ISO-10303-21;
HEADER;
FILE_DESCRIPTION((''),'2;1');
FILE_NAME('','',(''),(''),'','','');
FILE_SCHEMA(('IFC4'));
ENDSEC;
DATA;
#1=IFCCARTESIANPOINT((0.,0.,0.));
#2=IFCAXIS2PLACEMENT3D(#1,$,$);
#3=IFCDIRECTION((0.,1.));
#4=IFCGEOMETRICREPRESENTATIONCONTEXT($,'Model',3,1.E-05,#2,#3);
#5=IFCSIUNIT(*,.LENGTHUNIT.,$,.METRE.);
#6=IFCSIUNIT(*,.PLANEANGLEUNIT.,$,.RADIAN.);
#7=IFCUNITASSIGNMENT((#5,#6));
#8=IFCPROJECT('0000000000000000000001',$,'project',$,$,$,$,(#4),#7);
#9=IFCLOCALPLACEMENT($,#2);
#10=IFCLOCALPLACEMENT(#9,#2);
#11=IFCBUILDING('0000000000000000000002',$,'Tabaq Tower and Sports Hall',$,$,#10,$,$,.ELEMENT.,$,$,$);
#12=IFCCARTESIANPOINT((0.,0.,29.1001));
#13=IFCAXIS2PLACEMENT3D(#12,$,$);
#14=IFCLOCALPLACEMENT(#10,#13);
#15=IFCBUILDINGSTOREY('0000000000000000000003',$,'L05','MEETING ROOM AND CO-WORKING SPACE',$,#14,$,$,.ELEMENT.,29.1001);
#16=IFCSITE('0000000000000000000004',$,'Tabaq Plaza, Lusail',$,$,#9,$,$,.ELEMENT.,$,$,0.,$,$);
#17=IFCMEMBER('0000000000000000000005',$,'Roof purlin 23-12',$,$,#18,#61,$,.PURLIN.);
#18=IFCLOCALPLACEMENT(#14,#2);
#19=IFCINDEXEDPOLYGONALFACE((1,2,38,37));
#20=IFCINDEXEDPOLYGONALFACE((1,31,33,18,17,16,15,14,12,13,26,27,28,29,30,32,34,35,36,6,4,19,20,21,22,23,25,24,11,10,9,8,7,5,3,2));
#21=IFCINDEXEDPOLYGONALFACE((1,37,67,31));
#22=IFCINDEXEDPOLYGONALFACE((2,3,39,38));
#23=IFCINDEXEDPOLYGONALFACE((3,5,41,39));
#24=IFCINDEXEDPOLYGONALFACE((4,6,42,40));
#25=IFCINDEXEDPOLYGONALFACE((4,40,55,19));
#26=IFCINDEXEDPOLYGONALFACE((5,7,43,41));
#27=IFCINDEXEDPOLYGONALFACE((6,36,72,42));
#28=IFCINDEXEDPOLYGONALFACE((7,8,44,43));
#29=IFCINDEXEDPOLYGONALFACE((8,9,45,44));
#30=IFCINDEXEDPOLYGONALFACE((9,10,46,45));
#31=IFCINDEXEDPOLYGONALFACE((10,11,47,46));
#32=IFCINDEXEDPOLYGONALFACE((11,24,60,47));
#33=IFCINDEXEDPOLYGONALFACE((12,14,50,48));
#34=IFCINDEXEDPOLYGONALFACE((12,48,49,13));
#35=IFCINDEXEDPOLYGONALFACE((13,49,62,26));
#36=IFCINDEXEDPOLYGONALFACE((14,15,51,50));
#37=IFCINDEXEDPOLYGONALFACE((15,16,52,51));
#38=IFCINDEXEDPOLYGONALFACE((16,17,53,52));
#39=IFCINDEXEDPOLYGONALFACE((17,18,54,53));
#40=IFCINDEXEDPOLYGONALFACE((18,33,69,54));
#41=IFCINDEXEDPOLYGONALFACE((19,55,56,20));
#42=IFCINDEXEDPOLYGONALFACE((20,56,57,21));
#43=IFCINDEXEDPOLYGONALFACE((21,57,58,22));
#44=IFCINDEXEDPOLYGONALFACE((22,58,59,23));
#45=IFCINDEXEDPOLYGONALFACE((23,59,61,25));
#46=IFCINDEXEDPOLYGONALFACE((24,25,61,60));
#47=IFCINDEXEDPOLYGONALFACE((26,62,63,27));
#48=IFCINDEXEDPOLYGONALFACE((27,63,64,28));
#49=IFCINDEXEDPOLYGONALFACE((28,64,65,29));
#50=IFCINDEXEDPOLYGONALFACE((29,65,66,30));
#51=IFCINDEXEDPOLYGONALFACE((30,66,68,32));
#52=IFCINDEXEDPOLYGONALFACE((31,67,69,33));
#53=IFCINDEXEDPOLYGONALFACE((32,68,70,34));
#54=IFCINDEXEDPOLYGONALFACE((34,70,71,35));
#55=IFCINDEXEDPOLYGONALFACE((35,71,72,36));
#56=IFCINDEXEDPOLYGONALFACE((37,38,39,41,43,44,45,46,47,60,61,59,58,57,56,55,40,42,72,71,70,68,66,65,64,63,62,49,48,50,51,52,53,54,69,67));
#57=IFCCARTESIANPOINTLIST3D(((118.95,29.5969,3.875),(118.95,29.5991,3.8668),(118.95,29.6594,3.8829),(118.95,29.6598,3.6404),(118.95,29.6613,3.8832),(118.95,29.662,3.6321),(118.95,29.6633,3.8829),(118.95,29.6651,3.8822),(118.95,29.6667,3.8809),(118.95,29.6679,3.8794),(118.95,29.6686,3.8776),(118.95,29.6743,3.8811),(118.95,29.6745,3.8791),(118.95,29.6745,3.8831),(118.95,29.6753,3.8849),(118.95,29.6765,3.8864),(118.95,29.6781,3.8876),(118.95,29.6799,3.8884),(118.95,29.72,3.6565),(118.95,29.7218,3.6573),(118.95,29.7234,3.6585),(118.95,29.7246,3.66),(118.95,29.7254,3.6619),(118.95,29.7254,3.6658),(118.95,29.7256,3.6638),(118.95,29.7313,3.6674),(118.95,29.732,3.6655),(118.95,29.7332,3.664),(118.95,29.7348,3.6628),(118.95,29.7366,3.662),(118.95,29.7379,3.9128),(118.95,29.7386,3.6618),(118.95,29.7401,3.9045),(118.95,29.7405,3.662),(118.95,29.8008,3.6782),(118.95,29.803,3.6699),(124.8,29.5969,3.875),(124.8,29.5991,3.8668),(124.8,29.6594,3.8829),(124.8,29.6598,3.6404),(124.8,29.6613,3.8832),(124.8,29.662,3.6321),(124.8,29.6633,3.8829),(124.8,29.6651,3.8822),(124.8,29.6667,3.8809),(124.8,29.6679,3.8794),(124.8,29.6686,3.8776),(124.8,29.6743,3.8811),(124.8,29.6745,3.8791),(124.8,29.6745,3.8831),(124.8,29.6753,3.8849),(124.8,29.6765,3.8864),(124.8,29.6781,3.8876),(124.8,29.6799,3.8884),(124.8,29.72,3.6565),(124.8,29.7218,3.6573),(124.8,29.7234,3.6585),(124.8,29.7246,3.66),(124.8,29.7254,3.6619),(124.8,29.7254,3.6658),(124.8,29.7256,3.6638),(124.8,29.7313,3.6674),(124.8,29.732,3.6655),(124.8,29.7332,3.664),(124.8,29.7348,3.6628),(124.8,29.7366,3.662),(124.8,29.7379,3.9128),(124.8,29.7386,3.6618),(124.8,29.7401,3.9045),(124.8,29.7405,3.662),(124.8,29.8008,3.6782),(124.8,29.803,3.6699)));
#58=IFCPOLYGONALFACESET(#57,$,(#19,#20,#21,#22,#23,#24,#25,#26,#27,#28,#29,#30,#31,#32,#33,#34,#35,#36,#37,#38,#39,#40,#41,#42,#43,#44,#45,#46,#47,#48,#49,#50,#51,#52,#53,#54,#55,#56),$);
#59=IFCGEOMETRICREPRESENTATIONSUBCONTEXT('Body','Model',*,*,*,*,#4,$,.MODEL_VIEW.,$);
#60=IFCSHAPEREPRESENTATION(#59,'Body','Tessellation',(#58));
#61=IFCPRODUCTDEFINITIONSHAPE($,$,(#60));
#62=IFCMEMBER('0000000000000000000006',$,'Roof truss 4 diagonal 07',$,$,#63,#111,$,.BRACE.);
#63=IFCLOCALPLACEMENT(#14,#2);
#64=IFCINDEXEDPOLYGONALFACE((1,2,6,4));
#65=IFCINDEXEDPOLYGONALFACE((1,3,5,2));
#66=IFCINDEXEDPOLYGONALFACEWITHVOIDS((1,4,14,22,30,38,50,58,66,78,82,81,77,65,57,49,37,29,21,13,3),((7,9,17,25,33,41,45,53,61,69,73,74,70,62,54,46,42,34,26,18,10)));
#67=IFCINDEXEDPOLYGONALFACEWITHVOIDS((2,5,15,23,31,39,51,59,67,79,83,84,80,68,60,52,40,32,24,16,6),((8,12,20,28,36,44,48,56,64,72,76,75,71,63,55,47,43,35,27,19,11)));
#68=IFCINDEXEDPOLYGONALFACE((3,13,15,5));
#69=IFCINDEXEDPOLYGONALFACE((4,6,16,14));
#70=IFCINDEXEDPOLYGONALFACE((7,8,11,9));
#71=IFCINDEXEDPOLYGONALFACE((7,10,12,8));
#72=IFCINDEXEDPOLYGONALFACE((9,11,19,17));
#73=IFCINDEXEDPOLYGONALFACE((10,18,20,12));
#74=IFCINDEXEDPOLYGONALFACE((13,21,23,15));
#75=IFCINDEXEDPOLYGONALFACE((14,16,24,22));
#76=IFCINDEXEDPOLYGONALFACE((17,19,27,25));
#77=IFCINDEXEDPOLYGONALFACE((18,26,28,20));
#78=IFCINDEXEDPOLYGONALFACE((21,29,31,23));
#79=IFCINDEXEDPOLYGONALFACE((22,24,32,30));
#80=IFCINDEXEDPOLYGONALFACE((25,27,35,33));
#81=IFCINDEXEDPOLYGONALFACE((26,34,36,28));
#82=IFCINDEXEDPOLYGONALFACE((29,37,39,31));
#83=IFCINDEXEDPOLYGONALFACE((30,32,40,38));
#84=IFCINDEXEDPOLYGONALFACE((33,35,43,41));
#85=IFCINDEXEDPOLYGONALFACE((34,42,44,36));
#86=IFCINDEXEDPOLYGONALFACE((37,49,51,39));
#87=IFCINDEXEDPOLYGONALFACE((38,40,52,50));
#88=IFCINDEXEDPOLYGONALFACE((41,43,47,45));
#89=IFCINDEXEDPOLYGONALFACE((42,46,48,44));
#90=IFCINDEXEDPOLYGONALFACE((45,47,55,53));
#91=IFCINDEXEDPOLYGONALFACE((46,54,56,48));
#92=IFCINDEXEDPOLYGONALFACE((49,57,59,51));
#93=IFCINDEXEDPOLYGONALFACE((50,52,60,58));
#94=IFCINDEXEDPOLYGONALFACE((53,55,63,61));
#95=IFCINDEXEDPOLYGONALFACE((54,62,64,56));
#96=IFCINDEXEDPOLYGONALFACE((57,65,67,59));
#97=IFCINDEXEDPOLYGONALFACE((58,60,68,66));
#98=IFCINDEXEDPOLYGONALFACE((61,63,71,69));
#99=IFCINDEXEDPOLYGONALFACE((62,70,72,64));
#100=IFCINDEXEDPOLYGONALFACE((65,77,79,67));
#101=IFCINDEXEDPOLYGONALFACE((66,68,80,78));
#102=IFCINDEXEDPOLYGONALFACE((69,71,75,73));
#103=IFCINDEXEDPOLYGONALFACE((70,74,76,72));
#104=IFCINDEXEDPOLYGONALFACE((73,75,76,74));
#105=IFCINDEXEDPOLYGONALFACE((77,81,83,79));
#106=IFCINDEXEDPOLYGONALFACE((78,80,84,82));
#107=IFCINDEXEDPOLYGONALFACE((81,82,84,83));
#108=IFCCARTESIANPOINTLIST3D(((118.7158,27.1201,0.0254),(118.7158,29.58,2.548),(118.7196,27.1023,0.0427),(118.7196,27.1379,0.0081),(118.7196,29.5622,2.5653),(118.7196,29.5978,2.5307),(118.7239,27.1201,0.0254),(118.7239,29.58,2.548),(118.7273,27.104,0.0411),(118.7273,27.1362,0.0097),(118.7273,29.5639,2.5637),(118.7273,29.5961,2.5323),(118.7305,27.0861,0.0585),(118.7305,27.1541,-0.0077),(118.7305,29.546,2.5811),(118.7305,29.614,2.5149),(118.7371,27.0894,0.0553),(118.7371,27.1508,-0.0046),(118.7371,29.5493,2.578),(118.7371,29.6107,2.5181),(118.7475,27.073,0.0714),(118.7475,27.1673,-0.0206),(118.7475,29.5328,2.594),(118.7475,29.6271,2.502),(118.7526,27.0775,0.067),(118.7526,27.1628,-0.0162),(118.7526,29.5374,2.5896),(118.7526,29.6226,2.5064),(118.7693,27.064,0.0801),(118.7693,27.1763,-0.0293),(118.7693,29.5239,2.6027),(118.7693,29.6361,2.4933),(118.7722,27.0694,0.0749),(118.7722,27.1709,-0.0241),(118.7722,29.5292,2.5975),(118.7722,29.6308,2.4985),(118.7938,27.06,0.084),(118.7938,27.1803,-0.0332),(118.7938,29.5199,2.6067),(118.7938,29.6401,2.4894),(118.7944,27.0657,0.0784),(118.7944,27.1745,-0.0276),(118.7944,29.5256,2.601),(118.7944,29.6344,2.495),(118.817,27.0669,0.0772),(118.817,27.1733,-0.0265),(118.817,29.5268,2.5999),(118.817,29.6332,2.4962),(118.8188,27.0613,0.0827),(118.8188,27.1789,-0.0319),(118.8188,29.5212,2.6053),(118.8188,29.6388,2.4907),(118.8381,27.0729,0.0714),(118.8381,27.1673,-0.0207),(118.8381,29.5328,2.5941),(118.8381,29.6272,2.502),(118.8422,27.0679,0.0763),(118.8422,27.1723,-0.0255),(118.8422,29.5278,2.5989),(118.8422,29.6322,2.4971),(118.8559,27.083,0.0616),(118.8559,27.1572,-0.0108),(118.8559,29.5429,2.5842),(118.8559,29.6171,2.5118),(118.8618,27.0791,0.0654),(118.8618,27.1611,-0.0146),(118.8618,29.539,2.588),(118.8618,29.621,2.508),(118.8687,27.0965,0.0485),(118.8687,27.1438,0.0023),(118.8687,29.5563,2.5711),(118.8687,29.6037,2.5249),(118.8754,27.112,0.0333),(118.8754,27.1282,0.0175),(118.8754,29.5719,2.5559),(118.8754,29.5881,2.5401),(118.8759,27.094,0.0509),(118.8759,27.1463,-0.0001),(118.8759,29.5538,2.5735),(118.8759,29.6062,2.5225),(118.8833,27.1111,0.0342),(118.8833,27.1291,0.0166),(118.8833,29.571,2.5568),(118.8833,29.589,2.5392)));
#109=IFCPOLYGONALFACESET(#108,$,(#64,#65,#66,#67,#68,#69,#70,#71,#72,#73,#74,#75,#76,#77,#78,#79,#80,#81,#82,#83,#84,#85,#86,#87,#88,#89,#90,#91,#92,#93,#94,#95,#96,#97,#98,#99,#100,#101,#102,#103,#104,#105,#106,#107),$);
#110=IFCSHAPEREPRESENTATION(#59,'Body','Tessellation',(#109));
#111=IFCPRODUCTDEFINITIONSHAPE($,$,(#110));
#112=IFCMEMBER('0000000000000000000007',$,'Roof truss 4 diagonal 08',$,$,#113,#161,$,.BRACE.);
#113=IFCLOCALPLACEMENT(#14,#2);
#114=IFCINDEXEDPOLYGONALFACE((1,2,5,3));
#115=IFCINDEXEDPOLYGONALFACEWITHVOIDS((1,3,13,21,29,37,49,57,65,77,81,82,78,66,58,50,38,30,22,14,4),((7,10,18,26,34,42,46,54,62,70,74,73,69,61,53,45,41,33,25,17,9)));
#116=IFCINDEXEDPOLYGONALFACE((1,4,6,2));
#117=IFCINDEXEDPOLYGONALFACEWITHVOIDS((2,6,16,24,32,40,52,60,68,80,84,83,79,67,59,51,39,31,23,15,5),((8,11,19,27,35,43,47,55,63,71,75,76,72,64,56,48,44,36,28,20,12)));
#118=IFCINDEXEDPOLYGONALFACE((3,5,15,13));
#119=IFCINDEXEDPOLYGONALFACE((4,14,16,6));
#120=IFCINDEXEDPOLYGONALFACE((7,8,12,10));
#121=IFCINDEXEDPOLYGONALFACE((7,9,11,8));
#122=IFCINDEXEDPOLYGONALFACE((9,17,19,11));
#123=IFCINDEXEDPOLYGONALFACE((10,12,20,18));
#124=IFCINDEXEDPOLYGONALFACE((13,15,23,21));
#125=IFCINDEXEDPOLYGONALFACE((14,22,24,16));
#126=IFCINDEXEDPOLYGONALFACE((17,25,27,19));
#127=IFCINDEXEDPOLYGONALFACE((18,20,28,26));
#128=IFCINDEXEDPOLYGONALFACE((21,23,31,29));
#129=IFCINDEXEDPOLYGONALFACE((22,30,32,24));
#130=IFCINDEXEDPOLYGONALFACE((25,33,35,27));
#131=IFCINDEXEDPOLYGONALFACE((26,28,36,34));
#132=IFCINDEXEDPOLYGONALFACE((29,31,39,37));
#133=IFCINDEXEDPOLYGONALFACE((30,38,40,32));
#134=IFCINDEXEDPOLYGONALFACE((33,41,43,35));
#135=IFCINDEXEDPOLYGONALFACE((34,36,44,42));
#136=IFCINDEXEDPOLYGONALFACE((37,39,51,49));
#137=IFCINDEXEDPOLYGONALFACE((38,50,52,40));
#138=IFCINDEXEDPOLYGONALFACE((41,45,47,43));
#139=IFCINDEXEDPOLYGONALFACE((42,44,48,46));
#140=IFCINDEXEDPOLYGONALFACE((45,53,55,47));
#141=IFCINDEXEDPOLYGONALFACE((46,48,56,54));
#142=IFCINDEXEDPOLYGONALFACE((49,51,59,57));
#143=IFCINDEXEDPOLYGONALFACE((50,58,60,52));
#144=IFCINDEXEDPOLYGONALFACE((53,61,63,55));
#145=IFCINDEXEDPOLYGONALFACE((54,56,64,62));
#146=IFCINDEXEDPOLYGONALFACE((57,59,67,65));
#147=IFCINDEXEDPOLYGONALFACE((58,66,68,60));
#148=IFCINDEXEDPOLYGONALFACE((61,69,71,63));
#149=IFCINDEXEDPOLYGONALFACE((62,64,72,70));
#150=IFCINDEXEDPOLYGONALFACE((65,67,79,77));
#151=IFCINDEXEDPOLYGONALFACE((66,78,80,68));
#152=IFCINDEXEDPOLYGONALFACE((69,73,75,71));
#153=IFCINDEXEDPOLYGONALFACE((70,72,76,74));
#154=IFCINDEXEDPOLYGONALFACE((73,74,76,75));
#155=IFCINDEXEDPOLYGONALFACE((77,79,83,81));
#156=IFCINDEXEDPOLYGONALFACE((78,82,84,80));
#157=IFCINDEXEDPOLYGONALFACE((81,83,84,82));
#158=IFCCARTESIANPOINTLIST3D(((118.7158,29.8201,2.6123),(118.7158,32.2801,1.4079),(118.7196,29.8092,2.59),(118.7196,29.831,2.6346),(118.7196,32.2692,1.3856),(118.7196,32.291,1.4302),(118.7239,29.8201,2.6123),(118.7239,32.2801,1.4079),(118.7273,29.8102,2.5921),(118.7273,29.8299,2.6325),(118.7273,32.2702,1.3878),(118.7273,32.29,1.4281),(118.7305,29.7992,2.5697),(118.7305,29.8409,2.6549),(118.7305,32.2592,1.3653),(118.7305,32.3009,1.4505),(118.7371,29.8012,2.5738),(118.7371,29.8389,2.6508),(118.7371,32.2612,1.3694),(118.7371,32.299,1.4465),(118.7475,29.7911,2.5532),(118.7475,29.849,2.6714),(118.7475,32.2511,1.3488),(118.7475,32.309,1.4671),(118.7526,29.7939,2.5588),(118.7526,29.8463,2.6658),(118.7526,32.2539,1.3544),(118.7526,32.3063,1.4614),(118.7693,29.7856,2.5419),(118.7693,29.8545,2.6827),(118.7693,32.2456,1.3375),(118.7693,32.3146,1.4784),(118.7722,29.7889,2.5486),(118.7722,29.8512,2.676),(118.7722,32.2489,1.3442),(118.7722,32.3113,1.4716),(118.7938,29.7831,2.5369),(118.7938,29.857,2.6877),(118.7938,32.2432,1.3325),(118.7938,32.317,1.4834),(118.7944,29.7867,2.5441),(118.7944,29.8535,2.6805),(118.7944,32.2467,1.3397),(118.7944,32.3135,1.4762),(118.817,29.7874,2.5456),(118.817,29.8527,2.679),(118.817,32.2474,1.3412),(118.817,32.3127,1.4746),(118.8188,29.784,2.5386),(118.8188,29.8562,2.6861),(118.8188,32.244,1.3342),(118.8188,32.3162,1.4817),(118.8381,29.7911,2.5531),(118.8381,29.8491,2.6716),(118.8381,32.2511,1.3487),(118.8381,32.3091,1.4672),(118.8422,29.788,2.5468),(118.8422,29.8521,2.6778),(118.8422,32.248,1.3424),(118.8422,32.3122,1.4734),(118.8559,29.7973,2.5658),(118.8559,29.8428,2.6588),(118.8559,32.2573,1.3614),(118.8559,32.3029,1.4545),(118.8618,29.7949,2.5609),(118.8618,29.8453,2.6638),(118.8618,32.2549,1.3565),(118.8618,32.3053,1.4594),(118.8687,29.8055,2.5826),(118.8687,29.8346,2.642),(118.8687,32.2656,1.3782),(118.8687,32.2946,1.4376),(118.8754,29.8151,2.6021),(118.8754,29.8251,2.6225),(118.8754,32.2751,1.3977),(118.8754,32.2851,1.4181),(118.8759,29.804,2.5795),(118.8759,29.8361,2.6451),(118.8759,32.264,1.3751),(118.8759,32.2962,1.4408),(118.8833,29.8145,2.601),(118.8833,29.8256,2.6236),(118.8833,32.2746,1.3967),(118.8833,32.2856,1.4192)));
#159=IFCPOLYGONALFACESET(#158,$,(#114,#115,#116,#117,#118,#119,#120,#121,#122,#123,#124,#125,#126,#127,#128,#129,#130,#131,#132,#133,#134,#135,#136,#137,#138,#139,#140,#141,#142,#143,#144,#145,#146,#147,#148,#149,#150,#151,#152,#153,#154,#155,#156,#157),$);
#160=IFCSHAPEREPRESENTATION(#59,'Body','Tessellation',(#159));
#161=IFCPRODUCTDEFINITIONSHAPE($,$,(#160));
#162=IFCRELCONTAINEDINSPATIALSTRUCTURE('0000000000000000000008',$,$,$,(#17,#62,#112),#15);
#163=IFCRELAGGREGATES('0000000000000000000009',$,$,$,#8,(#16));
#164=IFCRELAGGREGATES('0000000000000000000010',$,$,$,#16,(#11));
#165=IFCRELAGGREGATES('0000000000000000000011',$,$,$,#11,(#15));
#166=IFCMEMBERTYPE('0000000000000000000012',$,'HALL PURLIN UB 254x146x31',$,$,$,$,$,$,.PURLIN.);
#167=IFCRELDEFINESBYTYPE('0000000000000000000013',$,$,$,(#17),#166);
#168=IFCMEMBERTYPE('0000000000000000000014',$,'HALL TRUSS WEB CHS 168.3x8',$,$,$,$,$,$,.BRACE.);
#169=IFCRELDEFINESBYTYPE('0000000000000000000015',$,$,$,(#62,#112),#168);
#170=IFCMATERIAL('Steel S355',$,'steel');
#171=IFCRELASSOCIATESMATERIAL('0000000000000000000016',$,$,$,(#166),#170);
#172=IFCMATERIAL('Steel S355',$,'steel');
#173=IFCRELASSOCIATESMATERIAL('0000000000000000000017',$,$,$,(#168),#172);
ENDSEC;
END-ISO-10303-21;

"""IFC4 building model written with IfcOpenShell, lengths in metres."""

from ifc_helpers import new_model, si_unit, direction, frame, origin, origin_2d, place, context, subcontext, project, spatial, hollow_circle, i_section, extrude, material, material_profile, profile_set, type_object, element, save


model = new_model("IFC4")

# Units and contexts
model_context = context("Model", 3, precision=1e-05, world=origin(), true_north=direction((0.0, 1.0)))
body_context = subcontext(model_context, "Body", "Model", "MODEL_VIEW")
ifc_project = project(units=[si_unit("LENGTHUNIT", "METRE"), si_unit("PLANEANGLEUNIT", "RADIAN")], contexts=[model_context])

# Site, building, storey
site_placement = place(None, origin())
site = spatial("IfcSite", under=ifc_project, at=site_placement, Name="Tabaq Plaza, Lusail", CompositionType="ELEMENT", RefElevation=0.0)
building_placement = place(site_placement, origin())
building = spatial("IfcBuilding", under=site, at=building_placement, Name="Tabaq Tower and Sports Hall", CompositionType="ELEMENT")
storey_placement = place(building_placement, frame((0.0, 0.0, 29.1001)))
storey = spatial("IfcBuildingStorey", under=building, at=storey_placement, Name="L05", Description="MEETING ROOM AND CO-WORKING SPACE", CompositionType="ELEMENT", Elevation=29.1001)

# Members
ifc_material_1 = material(Name="Steel S355", Category="steel")
ifc_material_profile_1 = material_profile(ifc_material_1, i_section(OverallWidth=0.146, OverallDepth=0.2515, WebThickness=0.0061, FlangeThickness=0.0085, FilletRadius=0.0076, at=origin_2d()), Name="UB 254x146x31")
ifc_profile_set_1 = profile_set([ifc_material_profile_1], Name="Steel S355")
member_type_1 = type_object("IfcMemberType", Name="HALL PURLIN UB 254x146x31", PredefinedType="PURLIN", material=ifc_profile_set_1)
for number, where, z_axis, x_axis, name in (
    (1, (118.95, 29.7, 3.7725), (1.0, 0.0, 0.0), (0.0, 0.965926, 0.258819), "Roof purlin 23-12"),
):
    element("IfcMember", number, at=place(storey_placement, frame(where, z_axis=z_axis, x_axis=x_axis)), inside=storey, type_object=member_type_1, Name=name, PredefinedType="PURLIN", context=body_context, shape_type="SweptSolid", body=[
        extrude(i_section(OverallWidth=0.146, OverallDepth=0.2515, WebThickness=0.0061, FlangeThickness=0.0085, FilletRadius=0.0076, at=origin_2d()), origin(), (0.0, 0.0, 1.0), 5.8501),
    ])
ifc_material_2 = material(Name="Steel S355", Category="steel")
ifc_material_profile_2 = material_profile(ifc_material_2, hollow_circle(Radius=0.0842, WallThickness=0.0081, at=origin_2d()), Name="CHS 168.3x8")
ifc_profile_set_2 = profile_set([ifc_material_profile_2], Name="Steel S355")
member_type_2 = type_object("IfcMemberType", Name="HALL TRUSS WEB CHS 168.3x8", PredefinedType="BRACE", material=ifc_profile_set_2)
member_1_placement = place(storey_placement, frame((118.8, 27.1201, 0.0254), z_axis=(0.0, 0.698147, 0.715954), x_axis=(-1.0, 0.0, 0.0)))
element("IfcMember", 2, at=member_1_placement, inside=storey, type_object=member_type_2, Name="Roof truss 4 diagonal 07", PredefinedType="BRACE", context=body_context, shape_type="SweptSolid", body=[
    extrude(hollow_circle(Radius=0.0842, WallThickness=0.0081, at=origin_2d()), origin(), (0.0, 0.0, 1.0), 3.5234),
])
member_2_placement = place(storey_placement, frame((118.8, 29.8201, 2.6123), z_axis=(0.0, 0.89814, -0.43971), x_axis=(-1.0, 0.0, 0.0)))
element("IfcMember", 3, at=member_2_placement, inside=storey, type_object=member_type_2, Name="Roof truss 4 diagonal 08", PredefinedType="BRACE", context=body_context, shape_type="SweptSolid", body=[
    extrude(hollow_circle(Radius=0.0842, WallThickness=0.0081, at=origin_2d()), origin(), (0.0, 0.0, 1.0), 2.739),
])

save(model, "model.ifc")
